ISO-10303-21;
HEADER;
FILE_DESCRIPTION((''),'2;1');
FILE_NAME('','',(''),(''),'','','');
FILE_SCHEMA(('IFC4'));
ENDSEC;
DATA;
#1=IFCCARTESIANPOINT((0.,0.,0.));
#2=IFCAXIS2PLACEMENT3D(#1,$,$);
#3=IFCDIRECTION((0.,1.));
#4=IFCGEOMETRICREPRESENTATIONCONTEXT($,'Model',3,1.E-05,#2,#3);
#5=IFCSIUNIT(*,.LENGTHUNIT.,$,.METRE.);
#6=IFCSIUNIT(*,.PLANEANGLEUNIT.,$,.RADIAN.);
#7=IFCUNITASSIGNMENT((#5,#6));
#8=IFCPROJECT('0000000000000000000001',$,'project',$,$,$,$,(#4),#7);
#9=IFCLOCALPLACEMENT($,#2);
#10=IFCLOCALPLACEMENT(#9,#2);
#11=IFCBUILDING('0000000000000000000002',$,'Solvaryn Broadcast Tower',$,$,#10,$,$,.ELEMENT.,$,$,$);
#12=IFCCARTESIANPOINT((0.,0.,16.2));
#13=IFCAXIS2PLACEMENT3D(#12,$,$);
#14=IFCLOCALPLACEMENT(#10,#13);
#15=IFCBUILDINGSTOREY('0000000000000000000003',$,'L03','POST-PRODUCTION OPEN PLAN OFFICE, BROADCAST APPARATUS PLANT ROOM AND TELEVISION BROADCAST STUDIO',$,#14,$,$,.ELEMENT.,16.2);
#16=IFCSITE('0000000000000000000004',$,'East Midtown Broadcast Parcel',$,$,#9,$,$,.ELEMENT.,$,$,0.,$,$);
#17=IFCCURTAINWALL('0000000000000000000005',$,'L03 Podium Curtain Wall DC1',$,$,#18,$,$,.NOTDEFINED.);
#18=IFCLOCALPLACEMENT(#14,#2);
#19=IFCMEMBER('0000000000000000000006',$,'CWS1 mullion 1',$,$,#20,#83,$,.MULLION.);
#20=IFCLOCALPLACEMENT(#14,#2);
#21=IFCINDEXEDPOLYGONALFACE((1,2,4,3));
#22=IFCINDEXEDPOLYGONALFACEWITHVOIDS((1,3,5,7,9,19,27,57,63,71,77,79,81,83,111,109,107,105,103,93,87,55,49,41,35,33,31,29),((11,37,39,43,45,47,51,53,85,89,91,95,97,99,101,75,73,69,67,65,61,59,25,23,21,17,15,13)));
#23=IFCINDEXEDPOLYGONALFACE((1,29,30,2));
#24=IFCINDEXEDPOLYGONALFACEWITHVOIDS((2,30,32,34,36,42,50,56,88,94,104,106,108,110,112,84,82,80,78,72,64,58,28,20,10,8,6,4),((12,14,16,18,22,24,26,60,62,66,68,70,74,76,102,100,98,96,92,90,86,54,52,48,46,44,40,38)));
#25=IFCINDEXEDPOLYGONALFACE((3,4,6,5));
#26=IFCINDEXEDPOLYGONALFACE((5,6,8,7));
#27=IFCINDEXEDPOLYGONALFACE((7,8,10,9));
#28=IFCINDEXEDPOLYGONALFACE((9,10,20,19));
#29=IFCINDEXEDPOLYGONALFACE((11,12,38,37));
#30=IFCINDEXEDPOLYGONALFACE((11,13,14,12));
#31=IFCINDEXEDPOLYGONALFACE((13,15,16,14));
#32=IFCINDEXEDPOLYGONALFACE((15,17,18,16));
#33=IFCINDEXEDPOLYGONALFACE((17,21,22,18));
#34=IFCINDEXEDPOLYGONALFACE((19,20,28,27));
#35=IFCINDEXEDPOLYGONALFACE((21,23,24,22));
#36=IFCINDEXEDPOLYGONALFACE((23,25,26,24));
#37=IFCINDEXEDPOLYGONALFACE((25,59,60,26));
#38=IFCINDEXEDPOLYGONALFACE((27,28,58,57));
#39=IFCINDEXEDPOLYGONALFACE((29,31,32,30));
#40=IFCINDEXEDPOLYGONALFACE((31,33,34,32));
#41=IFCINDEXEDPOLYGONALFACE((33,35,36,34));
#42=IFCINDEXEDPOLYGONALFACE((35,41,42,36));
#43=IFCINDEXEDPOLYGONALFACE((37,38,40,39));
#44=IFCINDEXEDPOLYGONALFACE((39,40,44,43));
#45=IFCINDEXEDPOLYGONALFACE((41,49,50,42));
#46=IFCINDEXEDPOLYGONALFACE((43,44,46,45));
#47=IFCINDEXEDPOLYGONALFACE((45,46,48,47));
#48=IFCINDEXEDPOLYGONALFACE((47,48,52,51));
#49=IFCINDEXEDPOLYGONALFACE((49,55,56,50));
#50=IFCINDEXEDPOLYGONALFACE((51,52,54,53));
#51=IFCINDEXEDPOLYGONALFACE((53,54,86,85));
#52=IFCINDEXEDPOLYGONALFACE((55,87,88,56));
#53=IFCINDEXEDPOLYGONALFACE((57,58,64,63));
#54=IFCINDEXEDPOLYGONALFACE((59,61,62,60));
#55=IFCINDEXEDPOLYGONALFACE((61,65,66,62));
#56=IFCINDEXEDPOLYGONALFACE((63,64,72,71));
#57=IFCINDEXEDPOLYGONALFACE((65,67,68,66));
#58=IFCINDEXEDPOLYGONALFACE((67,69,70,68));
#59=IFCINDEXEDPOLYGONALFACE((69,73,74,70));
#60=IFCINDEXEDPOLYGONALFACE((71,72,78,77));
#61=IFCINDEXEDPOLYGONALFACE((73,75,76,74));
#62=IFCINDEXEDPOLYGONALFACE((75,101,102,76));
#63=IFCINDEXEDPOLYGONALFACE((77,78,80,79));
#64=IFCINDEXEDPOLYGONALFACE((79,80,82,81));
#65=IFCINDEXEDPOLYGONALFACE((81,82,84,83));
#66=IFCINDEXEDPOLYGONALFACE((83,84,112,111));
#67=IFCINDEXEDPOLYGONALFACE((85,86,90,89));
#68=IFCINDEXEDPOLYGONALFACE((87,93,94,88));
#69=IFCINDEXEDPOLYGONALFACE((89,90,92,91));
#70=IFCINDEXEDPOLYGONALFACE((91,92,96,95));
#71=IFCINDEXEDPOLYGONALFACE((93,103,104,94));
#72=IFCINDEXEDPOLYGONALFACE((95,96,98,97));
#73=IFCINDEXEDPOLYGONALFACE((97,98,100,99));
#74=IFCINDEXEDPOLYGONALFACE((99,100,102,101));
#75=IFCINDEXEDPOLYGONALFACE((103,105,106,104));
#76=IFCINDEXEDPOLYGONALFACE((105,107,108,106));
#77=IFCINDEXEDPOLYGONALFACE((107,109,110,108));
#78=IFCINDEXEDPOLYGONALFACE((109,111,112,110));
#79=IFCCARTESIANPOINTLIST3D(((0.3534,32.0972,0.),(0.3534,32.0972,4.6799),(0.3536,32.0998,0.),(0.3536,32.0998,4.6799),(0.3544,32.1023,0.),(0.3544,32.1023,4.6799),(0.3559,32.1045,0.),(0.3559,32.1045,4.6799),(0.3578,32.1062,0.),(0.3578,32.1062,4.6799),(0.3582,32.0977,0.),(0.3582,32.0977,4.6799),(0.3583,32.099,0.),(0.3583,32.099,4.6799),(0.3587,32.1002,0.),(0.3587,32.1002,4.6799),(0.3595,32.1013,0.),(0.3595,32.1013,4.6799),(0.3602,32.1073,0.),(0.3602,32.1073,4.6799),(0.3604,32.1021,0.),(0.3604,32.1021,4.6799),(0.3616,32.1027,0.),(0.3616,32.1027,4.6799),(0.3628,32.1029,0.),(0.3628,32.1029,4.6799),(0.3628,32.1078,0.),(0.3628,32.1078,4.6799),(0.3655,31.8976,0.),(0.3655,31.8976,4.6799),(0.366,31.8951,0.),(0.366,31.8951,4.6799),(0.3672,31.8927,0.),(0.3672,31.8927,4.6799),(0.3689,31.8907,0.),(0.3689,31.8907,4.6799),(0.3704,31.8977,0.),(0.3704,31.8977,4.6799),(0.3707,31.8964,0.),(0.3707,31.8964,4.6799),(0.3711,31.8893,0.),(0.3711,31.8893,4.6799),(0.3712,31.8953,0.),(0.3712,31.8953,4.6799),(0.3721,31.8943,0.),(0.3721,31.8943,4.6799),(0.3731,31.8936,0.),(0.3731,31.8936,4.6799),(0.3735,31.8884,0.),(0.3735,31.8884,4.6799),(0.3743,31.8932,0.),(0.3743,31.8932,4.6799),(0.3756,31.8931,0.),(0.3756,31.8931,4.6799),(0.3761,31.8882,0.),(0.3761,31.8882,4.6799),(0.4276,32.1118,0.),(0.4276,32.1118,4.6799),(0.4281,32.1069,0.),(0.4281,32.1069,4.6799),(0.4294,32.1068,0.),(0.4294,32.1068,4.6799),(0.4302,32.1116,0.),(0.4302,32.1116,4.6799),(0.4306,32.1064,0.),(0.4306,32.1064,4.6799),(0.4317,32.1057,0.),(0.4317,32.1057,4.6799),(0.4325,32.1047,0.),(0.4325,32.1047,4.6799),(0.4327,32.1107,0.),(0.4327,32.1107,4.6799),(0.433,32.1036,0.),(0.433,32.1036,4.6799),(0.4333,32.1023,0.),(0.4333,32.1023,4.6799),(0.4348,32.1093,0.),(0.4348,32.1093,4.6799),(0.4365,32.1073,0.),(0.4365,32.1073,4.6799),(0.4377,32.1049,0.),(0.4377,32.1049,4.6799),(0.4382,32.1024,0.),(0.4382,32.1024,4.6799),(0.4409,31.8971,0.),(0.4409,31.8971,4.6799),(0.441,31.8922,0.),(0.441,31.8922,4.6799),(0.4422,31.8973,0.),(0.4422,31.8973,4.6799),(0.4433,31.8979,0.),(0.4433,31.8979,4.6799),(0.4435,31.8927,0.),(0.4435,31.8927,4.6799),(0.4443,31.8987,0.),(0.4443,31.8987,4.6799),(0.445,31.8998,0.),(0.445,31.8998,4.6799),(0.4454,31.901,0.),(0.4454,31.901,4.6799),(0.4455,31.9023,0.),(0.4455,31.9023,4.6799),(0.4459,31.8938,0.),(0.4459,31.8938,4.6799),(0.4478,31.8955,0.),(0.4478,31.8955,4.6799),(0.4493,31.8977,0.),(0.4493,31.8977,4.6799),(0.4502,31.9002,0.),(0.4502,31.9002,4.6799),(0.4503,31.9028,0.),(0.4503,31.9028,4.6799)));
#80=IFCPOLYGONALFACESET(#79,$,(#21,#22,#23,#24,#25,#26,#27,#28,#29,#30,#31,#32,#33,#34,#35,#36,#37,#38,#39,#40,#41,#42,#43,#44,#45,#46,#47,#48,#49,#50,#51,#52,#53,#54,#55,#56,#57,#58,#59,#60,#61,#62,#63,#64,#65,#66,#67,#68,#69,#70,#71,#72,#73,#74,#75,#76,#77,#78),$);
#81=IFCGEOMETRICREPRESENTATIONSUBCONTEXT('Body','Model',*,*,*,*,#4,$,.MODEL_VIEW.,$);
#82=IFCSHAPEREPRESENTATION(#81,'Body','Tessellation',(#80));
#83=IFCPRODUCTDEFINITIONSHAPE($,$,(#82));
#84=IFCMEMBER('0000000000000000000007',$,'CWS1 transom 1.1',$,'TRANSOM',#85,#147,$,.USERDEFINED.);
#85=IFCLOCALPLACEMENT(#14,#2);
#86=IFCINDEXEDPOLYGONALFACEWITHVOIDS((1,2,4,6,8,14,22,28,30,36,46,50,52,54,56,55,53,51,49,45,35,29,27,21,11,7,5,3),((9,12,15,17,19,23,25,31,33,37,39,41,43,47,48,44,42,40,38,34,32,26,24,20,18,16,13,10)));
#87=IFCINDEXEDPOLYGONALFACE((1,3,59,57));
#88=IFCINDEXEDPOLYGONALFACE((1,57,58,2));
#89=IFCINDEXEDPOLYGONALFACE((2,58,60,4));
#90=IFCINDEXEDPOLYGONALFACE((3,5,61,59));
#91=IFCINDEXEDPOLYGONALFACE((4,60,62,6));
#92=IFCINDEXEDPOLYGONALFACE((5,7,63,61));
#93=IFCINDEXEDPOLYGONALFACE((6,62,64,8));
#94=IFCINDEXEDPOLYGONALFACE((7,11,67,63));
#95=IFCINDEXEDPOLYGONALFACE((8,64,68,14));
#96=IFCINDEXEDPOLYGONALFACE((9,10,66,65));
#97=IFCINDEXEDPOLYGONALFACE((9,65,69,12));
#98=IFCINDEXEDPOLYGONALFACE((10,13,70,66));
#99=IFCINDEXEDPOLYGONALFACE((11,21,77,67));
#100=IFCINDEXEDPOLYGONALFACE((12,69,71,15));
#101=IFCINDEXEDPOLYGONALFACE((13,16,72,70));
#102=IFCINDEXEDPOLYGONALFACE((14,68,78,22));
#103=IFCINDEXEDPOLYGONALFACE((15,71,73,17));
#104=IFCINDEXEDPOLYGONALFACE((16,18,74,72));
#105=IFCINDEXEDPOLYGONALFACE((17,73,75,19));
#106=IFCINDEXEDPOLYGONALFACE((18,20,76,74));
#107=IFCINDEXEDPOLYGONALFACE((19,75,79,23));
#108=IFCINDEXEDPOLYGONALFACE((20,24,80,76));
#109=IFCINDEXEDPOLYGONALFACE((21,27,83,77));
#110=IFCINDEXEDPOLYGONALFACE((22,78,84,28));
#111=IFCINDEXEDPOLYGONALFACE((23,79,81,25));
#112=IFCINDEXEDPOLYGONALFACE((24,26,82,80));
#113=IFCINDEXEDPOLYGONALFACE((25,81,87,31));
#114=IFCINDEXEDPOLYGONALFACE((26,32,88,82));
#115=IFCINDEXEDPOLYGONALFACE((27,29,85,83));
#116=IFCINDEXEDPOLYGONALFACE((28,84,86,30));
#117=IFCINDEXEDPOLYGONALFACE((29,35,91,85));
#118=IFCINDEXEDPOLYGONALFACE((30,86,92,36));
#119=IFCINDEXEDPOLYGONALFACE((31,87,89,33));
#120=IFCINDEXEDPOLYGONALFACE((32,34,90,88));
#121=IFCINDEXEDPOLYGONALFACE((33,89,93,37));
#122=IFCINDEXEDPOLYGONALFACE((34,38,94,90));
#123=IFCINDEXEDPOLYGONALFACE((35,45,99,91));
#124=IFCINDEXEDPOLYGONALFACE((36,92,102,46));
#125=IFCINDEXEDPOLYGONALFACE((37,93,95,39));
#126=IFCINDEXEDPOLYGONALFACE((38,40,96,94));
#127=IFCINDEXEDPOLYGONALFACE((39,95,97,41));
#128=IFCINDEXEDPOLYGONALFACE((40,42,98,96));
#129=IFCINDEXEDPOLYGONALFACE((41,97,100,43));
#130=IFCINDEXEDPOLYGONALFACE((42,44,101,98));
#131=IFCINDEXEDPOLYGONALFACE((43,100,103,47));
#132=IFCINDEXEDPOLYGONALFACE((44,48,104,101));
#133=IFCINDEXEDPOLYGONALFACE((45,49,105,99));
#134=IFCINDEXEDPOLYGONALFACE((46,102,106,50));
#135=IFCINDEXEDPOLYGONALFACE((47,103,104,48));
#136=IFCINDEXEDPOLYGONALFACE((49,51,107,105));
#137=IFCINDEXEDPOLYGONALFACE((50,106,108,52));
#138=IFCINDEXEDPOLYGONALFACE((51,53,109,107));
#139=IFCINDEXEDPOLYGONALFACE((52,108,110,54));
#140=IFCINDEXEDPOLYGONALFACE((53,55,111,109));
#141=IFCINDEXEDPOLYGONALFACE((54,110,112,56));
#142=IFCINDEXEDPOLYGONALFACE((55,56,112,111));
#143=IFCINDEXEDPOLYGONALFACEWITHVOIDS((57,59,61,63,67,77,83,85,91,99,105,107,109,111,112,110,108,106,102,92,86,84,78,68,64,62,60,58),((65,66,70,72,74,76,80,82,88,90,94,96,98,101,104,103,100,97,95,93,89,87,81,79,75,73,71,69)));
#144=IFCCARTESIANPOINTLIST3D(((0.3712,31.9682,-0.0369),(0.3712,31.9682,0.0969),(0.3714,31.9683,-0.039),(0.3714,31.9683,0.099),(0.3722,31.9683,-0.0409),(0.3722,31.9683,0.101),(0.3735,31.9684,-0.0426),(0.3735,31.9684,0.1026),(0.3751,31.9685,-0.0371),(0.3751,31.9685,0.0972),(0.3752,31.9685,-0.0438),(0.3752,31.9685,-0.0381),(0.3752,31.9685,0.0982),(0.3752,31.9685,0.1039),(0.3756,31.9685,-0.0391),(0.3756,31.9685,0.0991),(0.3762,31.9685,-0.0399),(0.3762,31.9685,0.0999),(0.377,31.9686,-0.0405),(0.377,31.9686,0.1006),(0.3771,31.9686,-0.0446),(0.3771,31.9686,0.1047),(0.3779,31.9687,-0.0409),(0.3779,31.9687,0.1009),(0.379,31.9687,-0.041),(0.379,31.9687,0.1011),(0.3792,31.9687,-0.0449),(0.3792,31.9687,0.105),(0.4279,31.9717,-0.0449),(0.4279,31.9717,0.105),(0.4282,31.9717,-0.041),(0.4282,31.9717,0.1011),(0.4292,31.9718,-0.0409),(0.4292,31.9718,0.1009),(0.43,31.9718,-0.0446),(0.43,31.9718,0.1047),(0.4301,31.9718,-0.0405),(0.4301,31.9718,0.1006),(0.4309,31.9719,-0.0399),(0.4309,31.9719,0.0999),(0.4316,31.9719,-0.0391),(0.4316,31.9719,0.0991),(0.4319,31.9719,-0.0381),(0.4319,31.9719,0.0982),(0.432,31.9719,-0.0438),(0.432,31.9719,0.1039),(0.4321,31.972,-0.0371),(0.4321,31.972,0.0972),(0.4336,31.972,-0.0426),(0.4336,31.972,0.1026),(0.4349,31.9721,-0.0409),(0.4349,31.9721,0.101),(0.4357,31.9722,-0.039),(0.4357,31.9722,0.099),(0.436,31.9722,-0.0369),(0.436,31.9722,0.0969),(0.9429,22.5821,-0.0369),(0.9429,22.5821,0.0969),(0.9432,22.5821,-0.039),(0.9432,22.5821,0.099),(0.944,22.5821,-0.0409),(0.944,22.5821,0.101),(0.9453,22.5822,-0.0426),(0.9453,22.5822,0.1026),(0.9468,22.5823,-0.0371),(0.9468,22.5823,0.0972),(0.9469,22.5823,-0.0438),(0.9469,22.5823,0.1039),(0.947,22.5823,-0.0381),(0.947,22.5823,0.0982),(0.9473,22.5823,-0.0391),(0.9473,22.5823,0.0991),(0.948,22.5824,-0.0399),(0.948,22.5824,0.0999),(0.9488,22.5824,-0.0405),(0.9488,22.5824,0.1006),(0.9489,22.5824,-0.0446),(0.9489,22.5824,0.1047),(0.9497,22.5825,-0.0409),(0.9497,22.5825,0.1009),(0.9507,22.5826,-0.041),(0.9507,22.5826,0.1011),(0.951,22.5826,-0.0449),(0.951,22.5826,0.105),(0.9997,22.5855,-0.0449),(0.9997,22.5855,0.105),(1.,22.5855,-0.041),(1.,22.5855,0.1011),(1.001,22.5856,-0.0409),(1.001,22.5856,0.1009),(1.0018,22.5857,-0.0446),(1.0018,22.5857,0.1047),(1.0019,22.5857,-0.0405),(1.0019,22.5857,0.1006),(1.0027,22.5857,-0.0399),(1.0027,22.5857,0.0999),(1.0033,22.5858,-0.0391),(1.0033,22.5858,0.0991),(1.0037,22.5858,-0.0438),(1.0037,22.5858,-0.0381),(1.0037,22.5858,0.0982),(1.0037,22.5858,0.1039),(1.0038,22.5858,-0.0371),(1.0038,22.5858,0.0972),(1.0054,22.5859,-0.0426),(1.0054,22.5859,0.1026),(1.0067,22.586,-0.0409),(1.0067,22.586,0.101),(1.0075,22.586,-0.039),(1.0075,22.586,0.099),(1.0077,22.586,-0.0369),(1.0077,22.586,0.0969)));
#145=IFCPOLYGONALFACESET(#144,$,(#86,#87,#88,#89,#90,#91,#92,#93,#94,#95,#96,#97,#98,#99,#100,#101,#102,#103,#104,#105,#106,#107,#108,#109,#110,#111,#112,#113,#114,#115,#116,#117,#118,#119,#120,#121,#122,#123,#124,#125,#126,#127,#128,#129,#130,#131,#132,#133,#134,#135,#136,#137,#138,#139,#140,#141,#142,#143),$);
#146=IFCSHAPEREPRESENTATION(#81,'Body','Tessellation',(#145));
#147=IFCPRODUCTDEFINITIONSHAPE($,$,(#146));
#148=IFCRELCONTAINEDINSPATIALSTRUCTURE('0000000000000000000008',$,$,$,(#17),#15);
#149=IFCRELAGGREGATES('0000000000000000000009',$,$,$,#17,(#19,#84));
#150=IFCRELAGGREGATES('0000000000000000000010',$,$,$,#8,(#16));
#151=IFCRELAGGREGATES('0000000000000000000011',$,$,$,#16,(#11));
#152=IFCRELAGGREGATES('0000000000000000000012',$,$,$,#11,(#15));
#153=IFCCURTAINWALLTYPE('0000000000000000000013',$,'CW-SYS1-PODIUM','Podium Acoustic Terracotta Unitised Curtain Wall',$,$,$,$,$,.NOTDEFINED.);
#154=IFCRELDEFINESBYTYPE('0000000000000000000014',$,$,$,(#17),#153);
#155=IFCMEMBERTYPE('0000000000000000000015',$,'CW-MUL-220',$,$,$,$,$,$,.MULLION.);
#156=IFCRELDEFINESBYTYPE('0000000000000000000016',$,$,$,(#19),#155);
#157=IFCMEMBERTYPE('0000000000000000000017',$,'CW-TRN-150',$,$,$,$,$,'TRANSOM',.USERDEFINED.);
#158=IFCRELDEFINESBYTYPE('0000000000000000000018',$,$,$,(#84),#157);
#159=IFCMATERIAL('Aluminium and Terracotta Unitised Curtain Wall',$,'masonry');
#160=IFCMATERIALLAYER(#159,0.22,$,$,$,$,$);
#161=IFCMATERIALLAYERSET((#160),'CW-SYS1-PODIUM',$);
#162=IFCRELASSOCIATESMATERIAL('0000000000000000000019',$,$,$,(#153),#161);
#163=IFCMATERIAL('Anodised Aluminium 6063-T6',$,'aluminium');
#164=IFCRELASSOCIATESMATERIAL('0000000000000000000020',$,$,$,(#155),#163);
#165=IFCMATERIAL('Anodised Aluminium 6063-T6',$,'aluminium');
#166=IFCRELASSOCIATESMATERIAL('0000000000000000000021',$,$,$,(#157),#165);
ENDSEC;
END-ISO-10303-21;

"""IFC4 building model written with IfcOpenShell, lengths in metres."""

from ifc_helpers import new_model, si_unit, direction, frame, origin, origin_2d, place, context, subcontext, project, spatial, hollow_rectangle, extrude, material, layer, layer_set, material_profile, profile_set, type_object, element, aggregate, save


model = new_model("IFC4")

# Units and contexts
model_context = context("Model", 3, precision=1e-05, world=origin(), true_north=direction((0.0, 1.0)))
body_context = subcontext(model_context, "Body", "Model", "MODEL_VIEW")
ifc_project = project(units=[si_unit("LENGTHUNIT", "METRE"), si_unit("PLANEANGLEUNIT", "RADIAN")], contexts=[model_context])

# Site, building, storey
site_placement = place(None, origin())
site = spatial("IfcSite", under=ifc_project, at=site_placement, Name="East Midtown Broadcast Parcel", CompositionType="ELEMENT", RefElevation=0.0)
building_placement = place(site_placement, origin())
building = spatial("IfcBuilding", under=site, at=building_placement, Name="Solvaryn Broadcast Tower", CompositionType="ELEMENT")
storey_placement = place(building_placement, frame((0.0, 0.0, 16.2)))
storey = spatial("IfcBuildingStorey", under=building, at=storey_placement, Name="L03", Description="POST-PRODUCTION OPEN PLAN OFFICE, BROADCAST APPARATUS PLANT ROOM AND TELEVISION BROADCAST STUDIO", CompositionType="ELEMENT", Elevation=16.2)

# Curtain wall, members
ifc_material_1 = material(Name="Aluminium and Terracotta Unitised Curtain Wall", Category="masonry")
ifc_layer_1 = layer(ifc_material_1, 0.22)
ifc_layer_set_1 = layer_set([ifc_layer_1], Name="CW-SYS1-PODIUM")
curtain_wall_type = type_object("IfcCurtainWallType", Name="CW-SYS1-PODIUM", Description="Podium Acoustic Terracotta Unitised Curtain Wall", PredefinedType="NOTDEFINED", material=ifc_layer_set_1)
curtain_wall_placement = place(storey_placement, origin())
curtain_wall = element("IfcCurtainWall", 1, at=curtain_wall_placement, inside=storey, type_object=curtain_wall_type, Name="L03 Podium Curtain Wall DC1", PredefinedType="NOTDEFINED")
ifc_material_2 = material(Name="Anodised Aluminium 6063-T6", Category="aluminium")
ifc_material_profile_1 = material_profile(ifc_material_2, hollow_rectangle(XDim=0.085, YDim=0.22, WallThickness=0.0049, InnerFilletRadius=0.0049, OuterFilletRadius=0.01, at=origin_2d()))
ifc_profile_set_1 = profile_set([ifc_material_profile_1], Name="Anodised Aluminium 6063-T6")
member_type_1 = type_object("IfcMemberType", Name="CW-MUL-220", PredefinedType="MULLION", material=ifc_profile_set_1)
member_1_placement = place(storey_placement, frame((0.4019, 32.0, 0.0), z_axis=(0.0, 0.0, 1.0), x_axis=(0.99815, 0.060796, 0.0)))
member_1 = element("IfcMember", 2, at=member_1_placement, type_object=member_type_1, Name="CWS1 mullion 1", PredefinedType="MULLION", context=body_context, shape_type="SweptSolid", body=[
    extrude(hollow_rectangle(XDim=0.085, YDim=0.22, WallThickness=0.0049, InnerFilletRadius=0.0049, OuterFilletRadius=0.01, at=origin_2d()), origin(), (0.0, 0.0, 1.0), 4.6799),
])
ifc_material_3 = material(Name="Anodised Aluminium 6063-T6", Category="aluminium")
ifc_material_profile_2 = material_profile(ifc_material_3, hollow_rectangle(XDim=0.0649, YDim=0.1499, WallThickness=0.0039, InnerFilletRadius=0.0039, OuterFilletRadius=0.0081, at=origin_2d()))
ifc_profile_set_2 = profile_set([ifc_material_profile_2], Name="Anodised Aluminium 6063-T6")
member_type_2 = type_object("IfcMemberType", Name="CW-TRN-150", ElementType="TRANSOM", PredefinedType="USERDEFINED", material=ifc_profile_set_2)
member_2_placement = place(storey_placement, frame((0.4036, 31.9702, 0.03), z_axis=(0.060804, -0.99815, 0.0), x_axis=(0.99815, 0.060804, 0.0)))
member_2 = element("IfcMember", 3, at=member_2_placement, type_object=member_type_2, Name="CWS1 transom 1.1", ObjectType="TRANSOM", PredefinedType="USERDEFINED", context=body_context, shape_type="SweptSolid", body=[
    extrude(hollow_rectangle(XDim=0.0649, YDim=0.1499, WallThickness=0.0039, InnerFilletRadius=0.0039, OuterFilletRadius=0.0081, at=origin_2d()), origin(), (0.0, 0.0, 1.0), 9.4036),
])
aggregate(curtain_wall, [member_1, member_2])

save(model, "model.ifc")
